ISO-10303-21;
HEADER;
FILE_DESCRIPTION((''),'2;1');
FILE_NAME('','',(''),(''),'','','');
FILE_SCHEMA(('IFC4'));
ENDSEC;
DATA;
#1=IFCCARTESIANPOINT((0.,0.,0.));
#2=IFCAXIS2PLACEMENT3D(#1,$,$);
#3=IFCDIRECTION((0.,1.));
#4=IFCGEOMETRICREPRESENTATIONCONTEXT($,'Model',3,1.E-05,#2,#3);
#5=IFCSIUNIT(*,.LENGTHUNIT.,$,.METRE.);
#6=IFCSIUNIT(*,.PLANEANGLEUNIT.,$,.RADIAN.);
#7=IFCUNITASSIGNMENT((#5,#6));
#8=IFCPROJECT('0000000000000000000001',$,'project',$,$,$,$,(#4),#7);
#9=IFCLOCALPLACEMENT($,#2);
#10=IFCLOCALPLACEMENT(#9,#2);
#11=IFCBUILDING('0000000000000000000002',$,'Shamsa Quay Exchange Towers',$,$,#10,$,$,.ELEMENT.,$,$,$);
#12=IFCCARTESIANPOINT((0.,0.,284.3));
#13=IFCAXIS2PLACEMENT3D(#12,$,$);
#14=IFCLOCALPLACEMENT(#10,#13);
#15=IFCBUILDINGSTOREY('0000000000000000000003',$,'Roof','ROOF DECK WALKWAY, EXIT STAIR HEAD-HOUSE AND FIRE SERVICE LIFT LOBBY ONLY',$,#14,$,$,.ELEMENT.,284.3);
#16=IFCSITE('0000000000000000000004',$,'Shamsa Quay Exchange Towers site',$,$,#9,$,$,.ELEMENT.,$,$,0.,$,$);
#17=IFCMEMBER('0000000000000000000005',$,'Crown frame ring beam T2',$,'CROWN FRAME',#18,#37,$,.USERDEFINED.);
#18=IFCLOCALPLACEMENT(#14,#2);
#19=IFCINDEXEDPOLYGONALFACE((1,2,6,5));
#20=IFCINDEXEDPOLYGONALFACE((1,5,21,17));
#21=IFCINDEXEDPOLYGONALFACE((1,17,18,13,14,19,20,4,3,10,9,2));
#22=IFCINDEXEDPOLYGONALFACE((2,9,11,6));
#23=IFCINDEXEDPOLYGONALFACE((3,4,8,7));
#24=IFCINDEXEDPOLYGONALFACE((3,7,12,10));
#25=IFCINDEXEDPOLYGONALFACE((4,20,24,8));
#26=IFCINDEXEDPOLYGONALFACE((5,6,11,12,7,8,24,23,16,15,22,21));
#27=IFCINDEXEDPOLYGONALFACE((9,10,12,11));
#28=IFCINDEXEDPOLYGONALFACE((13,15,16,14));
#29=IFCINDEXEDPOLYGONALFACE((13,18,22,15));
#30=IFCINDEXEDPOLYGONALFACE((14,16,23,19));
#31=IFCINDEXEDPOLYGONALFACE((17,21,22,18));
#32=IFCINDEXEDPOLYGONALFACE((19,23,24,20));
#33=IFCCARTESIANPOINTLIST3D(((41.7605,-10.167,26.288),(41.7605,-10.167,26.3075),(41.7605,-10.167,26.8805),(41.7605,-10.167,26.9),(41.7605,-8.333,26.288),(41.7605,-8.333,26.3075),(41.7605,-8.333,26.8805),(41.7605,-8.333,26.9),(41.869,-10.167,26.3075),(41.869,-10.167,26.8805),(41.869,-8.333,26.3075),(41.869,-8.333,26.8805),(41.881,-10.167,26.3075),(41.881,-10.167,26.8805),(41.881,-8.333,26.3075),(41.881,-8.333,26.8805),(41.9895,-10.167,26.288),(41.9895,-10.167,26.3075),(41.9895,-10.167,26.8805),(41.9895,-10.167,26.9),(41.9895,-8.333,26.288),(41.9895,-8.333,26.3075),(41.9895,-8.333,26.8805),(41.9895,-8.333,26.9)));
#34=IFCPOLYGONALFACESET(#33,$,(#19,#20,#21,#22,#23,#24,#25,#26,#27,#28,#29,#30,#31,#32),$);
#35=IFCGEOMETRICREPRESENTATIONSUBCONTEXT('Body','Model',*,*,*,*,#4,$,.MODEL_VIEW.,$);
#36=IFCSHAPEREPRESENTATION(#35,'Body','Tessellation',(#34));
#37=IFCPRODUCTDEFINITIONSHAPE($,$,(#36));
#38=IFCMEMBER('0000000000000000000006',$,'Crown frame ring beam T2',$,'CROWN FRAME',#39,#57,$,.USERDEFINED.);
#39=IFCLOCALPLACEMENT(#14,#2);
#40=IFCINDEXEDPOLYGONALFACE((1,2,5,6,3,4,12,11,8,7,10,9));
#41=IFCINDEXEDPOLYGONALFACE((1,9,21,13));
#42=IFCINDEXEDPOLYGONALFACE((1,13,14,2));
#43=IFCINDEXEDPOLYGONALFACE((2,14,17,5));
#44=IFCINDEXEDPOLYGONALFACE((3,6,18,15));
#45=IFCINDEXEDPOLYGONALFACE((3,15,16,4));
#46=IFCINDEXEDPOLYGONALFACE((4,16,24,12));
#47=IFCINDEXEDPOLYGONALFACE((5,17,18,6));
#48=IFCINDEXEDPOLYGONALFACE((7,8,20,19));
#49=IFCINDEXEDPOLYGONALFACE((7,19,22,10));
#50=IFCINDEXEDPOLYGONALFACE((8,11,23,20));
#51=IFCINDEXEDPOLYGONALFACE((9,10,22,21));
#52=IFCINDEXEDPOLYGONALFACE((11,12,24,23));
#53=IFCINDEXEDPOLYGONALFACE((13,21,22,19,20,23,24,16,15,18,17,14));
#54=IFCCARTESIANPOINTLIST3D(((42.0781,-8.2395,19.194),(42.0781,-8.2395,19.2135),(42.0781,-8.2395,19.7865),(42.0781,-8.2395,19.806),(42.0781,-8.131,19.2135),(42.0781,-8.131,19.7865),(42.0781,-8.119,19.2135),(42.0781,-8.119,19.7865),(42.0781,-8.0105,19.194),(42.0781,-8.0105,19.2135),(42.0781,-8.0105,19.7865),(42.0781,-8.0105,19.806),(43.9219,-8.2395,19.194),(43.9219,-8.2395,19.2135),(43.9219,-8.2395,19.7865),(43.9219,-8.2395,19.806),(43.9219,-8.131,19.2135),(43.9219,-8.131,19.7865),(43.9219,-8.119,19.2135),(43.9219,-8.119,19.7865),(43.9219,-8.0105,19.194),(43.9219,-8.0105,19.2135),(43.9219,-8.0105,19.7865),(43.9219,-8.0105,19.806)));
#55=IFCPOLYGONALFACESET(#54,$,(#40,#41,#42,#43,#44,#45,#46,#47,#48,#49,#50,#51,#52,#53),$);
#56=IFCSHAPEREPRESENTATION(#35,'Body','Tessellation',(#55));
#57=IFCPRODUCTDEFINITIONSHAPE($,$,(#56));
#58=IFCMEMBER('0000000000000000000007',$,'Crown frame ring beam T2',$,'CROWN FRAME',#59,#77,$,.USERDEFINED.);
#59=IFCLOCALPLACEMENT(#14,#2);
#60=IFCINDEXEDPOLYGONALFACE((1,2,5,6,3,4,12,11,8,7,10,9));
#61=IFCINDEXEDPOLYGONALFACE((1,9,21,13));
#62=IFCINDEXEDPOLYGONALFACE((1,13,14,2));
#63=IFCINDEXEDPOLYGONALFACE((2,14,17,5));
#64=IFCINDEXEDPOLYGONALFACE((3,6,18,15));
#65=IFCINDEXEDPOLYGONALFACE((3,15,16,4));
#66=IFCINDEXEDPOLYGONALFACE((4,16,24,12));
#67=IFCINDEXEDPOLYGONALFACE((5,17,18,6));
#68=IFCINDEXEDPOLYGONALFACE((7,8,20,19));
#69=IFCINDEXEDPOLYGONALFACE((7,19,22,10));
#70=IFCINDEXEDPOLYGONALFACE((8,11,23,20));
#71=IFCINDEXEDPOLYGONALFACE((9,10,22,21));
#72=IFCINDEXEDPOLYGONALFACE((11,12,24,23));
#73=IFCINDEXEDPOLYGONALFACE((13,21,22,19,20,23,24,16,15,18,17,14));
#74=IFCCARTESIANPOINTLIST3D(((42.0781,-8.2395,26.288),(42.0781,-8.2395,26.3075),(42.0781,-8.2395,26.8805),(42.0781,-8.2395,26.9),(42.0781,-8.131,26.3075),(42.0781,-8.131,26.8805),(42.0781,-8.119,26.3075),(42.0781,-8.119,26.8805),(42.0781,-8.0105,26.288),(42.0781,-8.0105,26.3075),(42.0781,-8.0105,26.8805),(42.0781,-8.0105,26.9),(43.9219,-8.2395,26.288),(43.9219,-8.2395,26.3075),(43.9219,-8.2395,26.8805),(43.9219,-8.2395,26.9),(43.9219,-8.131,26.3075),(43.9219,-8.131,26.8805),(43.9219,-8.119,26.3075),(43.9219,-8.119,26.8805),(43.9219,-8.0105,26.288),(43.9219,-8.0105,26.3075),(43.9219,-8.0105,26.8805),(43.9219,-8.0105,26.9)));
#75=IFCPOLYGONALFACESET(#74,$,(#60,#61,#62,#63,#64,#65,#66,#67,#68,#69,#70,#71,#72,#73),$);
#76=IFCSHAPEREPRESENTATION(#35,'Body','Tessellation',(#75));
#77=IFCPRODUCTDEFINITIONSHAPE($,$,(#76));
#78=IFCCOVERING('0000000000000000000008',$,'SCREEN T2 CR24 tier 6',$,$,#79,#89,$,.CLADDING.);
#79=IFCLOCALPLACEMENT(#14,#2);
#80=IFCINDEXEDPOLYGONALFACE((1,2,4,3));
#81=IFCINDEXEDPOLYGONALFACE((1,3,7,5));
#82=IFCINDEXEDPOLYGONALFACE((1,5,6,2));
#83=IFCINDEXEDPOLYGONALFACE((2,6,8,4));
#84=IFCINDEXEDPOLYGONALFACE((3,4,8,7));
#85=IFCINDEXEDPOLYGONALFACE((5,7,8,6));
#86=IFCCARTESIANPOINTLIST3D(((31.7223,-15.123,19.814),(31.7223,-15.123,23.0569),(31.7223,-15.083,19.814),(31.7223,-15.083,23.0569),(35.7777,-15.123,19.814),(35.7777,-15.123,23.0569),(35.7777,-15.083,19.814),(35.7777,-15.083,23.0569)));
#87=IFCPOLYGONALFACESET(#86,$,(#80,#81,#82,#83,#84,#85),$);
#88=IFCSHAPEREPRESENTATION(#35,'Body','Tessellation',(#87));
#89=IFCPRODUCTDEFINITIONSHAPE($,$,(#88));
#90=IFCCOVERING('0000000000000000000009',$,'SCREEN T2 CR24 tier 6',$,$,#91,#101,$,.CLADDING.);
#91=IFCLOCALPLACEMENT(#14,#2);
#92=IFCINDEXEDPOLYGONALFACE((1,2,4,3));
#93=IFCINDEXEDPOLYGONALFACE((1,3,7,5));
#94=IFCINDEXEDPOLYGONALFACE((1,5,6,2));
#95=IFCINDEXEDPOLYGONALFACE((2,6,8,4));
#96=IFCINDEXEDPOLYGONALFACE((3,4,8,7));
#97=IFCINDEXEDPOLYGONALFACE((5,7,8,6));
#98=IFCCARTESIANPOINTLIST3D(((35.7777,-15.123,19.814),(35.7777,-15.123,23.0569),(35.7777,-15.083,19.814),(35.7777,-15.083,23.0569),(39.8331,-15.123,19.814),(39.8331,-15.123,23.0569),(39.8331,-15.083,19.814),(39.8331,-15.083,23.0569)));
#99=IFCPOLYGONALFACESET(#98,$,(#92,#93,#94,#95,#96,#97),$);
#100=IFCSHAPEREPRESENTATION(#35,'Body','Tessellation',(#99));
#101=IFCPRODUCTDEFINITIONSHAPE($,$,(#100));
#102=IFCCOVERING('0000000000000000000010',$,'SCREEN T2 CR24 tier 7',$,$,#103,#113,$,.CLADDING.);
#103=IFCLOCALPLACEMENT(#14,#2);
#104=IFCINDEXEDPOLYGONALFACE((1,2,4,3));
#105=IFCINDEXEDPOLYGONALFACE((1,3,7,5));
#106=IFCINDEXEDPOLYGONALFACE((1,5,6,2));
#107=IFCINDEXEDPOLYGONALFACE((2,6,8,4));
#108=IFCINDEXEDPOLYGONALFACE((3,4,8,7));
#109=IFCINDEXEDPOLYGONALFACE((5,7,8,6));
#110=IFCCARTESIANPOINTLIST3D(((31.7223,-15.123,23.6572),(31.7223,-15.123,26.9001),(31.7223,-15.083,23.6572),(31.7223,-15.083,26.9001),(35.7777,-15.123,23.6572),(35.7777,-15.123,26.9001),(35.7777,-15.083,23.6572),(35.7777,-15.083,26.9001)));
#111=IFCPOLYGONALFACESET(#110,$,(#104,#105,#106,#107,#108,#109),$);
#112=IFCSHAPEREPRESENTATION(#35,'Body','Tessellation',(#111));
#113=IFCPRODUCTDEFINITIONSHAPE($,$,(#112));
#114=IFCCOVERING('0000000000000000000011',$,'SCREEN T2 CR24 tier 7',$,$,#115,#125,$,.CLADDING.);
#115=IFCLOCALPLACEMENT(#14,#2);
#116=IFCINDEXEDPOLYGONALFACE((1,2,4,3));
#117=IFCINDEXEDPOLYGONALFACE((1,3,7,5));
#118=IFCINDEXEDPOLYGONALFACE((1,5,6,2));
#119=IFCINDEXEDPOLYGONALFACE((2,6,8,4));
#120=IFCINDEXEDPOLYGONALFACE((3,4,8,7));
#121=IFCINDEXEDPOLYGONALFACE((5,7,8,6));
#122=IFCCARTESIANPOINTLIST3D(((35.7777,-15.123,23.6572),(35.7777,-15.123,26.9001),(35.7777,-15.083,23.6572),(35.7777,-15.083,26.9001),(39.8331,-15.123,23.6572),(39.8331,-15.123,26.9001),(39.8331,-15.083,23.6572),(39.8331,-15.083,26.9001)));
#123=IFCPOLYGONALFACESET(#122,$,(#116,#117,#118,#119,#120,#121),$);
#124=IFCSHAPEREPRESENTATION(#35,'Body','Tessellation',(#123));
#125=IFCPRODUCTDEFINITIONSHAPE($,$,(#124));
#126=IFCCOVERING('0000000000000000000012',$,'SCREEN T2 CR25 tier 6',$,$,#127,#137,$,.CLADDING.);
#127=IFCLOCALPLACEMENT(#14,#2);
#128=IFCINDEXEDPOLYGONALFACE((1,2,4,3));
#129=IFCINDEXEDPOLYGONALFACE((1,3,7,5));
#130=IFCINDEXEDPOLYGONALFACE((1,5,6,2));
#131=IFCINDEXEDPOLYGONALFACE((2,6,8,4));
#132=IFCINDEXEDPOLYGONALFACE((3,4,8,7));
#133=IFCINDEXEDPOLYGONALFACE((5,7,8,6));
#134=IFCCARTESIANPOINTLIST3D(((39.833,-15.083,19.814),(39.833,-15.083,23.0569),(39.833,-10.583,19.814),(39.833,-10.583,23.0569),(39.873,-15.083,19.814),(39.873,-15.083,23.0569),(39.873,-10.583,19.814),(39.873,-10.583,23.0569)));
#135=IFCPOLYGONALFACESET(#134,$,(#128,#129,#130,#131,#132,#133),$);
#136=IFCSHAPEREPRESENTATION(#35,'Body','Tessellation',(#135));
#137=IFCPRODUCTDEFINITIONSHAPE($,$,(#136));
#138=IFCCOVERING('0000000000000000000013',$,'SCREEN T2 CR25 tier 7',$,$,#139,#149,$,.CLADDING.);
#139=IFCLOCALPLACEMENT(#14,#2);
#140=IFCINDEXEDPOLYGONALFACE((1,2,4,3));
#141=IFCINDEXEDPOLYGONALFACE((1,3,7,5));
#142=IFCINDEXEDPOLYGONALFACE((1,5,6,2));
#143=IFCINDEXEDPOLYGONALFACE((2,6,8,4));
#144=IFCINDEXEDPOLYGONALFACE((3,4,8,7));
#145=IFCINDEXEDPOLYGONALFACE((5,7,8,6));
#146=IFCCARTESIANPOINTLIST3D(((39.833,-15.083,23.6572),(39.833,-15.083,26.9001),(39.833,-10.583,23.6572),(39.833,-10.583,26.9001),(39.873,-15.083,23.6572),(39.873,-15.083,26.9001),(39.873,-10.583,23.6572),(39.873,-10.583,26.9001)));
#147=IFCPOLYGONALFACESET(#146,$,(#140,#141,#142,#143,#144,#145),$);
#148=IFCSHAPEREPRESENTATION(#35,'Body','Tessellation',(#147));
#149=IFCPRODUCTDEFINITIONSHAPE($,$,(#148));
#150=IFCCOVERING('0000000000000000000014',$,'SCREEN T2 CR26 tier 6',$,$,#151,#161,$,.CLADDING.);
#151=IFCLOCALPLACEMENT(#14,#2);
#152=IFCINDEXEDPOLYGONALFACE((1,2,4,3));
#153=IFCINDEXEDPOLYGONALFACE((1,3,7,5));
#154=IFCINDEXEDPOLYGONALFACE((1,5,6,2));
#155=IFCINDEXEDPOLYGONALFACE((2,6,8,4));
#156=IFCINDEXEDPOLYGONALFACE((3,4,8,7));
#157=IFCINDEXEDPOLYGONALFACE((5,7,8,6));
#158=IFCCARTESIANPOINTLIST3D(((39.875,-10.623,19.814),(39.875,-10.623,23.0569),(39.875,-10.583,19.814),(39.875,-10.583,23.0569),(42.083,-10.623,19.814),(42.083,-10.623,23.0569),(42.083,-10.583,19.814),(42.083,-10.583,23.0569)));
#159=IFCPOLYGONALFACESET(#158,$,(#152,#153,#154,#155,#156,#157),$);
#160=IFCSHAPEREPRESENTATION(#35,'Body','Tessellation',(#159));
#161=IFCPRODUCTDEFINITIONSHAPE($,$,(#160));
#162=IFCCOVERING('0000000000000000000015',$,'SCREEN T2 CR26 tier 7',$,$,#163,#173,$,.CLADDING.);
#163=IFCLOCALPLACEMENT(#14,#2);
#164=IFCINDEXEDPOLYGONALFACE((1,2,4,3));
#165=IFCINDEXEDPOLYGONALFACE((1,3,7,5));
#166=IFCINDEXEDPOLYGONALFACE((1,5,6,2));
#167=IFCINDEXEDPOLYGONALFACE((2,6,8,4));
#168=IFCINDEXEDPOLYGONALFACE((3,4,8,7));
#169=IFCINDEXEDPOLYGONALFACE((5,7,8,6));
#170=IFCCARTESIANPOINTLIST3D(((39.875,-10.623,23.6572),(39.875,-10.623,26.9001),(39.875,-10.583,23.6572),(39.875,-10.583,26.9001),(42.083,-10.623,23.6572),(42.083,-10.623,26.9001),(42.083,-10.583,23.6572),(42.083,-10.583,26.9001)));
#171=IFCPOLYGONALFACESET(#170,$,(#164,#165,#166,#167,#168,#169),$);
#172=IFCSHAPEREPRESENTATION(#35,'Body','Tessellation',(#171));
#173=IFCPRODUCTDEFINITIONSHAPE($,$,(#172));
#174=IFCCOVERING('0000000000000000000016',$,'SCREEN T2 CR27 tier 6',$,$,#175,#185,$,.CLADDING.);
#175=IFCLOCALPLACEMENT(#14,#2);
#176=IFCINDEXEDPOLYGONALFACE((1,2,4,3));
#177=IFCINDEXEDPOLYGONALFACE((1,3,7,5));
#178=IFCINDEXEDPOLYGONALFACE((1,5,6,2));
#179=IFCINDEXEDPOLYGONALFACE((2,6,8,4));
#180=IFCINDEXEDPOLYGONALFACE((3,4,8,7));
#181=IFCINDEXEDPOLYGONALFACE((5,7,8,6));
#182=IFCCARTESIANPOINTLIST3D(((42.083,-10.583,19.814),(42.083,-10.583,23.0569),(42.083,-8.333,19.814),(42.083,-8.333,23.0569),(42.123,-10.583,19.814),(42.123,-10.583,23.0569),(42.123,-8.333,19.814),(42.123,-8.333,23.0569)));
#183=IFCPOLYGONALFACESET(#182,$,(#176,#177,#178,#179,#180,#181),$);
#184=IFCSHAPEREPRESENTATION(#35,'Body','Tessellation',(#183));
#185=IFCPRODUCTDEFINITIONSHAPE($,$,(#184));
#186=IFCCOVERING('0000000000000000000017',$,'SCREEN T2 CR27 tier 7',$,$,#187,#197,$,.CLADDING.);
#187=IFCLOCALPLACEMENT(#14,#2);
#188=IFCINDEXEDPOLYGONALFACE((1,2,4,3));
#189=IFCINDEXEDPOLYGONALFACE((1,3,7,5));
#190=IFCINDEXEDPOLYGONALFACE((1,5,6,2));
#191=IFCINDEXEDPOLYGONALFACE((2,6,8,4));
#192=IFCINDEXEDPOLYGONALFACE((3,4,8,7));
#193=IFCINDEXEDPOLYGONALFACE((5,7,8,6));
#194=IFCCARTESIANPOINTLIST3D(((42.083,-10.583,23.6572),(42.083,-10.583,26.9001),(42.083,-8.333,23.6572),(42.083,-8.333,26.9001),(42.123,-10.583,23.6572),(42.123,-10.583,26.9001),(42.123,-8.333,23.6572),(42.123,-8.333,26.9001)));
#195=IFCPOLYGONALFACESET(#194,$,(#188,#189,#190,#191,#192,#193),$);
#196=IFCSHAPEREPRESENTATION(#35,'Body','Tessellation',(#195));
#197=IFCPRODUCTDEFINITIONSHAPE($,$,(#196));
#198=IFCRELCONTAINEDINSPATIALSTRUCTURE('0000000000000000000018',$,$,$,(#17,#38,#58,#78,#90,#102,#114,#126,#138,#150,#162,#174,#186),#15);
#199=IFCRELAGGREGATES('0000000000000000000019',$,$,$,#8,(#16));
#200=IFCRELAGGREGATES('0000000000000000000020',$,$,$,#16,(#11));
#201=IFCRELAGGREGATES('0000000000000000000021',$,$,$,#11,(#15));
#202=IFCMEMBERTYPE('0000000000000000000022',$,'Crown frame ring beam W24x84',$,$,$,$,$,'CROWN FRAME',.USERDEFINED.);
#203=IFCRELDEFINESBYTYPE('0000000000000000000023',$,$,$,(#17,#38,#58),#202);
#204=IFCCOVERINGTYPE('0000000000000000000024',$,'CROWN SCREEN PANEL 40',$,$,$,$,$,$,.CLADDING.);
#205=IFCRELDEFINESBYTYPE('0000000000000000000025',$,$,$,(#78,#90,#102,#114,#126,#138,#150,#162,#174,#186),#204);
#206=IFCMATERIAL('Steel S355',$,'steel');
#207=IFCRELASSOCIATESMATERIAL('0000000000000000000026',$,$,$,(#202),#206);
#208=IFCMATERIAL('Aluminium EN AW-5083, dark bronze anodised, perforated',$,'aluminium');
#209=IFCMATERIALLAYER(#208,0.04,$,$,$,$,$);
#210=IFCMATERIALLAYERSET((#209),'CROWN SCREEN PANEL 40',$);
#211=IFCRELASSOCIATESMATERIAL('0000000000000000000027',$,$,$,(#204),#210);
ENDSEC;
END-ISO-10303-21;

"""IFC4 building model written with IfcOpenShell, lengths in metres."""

from ifc_helpers import new_model, si_unit, direction, frame, origin, origin_2d, place, context, subcontext, project, spatial, rectangle, i_section, extrude, material, layer, layer_set, material_profile, profile_set, type_object, element, save


model = new_model("IFC4")

# Units and contexts
model_context = context("Model", 3, precision=1e-05, world=origin(), true_north=direction((0.0, 1.0)))
body_context = subcontext(model_context, "Body", "Model", "MODEL_VIEW")
ifc_project = project(units=[si_unit("LENGTHUNIT", "METRE"), si_unit("PLANEANGLEUNIT", "RADIAN")], contexts=[model_context])

# Site, building, storey
site_placement = place(None, origin())
site = spatial("IfcSite", under=ifc_project, at=site_placement, Name="Shamsa Quay Exchange Towers site", CompositionType="ELEMENT", RefElevation=0.0)
building_placement = place(site_placement, origin())
building = spatial("IfcBuilding", under=site, at=building_placement, Name="Shamsa Quay Exchange Towers", CompositionType="ELEMENT")
storey_placement = place(building_placement, frame((0.0, 0.0, 284.3)))
storey = spatial("IfcBuildingStorey", under=building, at=storey_placement, Name="Roof", Description="ROOF DECK WALKWAY, EXIT STAIR HEAD-HOUSE AND FIRE SERVICE LIFT LOBBY ONLY", CompositionType="ELEMENT", Elevation=284.3)

# Members
ifc_material_1 = material(Name="Steel S355", Category="steel")
ifc_material_profile_1 = material_profile(ifc_material_1, i_section(OverallWidth=0.229, OverallDepth=0.6121, WebThickness=0.012, FlangeThickness=0.0195, at=origin_2d()), Name="W24x84")
ifc_profile_set_1 = profile_set([ifc_material_profile_1], Name="Steel S355")
member_type_1 = type_object("IfcMemberType", Name="Crown frame ring beam W24x84", ElementType="CROWN FRAME", PredefinedType="USERDEFINED", material=ifc_profile_set_1)
member_1_placement = place(storey_placement, frame((41.875, -10.167, 26.594), z_axis=(0.0, 1.0, 0.0), x_axis=(-1.0, 0.0, 0.0)))
element("IfcMember", 1, at=member_1_placement, inside=storey, type_object=member_type_1, Name="Crown frame ring beam T2", ObjectType="CROWN FRAME", PredefinedType="USERDEFINED", context=body_context, shape_type="SweptSolid", body=[
    extrude(i_section(OverallWidth=0.229, OverallDepth=0.6121, WebThickness=0.012, FlangeThickness=0.0195, at=origin_2d()), origin(), (0.0, 0.0, 1.0), 1.834),
])
for number, where, z_axis, x_axis, name in (
    (2, (42.0781, -8.125, 19.5), (1.0, 0.0, 0.0), (0.0, 1.0, 0.0), "Crown frame ring beam T2"),
    (3, (42.0781, -8.125, 26.594), (1.0, 0.0, 0.0), (0.0, 1.0, 0.0), "Crown frame ring beam T2"),
):
    element("IfcMember", number, at=place(storey_placement, frame(where, z_axis=z_axis, x_axis=x_axis)), inside=storey, type_object=member_type_1, Name=name, ObjectType="CROWN FRAME", PredefinedType="USERDEFINED", context=body_context, shape_type="SweptSolid", body=[
        extrude(i_section(OverallWidth=0.229, OverallDepth=0.6121, WebThickness=0.012, FlangeThickness=0.0195, at=origin_2d()), origin(), (0.0, 0.0, 1.0), 1.8438),
    ])

# Coverings
ifc_material_2 = material(Name="Aluminium EN AW-5083, dark bronze anodised, perforated", Category="aluminium")
ifc_layer = layer(ifc_material_2, 0.04)
ifc_layer_set = layer_set([ifc_layer], Name="CROWN SCREEN PANEL 40")
covering_type = type_object("IfcCoveringType", Name="CROWN SCREEN PANEL 40", PredefinedType="CLADDING", material=ifc_layer_set)
for number, where, name in (
    (4, (33.75, -15.103, 19.814), "SCREEN T2 CR24 tier 6"),
    (5, (37.8054, -15.103, 19.814), "SCREEN T2 CR24 tier 6"),
    (6, (33.75, -15.103, 23.6572), "SCREEN T2 CR24 tier 7"),
    (7, (37.8054, -15.103, 23.6572), "SCREEN T2 CR24 tier 7"),
):
    element("IfcCovering", number, at=place(storey_placement, frame(where)), inside=storey, type_object=covering_type, Name=name, PredefinedType="CLADDING", context=body_context, shape_type="SweptSolid", body=[
        extrude(rectangle(XDim=4.0554, YDim=0.04, at=origin_2d()), origin(), (0.0, 0.0, 1.0), 3.2429),
    ])
for number, where, z_axis, x_axis, name in (
    (8, (39.853, -12.833, 19.814), (0.0, 0.0, 1.0), (0.0, 1.0, 0.0), "SCREEN T2 CR25 tier 6"),
    (9, (39.853, -12.833, 23.6572), (0.0, 0.0, 1.0), (0.0, 1.0, 0.0), "SCREEN T2 CR25 tier 7"),
):
    element("IfcCovering", number, at=place(storey_placement, frame(where, z_axis=z_axis, x_axis=x_axis)), inside=storey, type_object=covering_type, Name=name, PredefinedType="CLADDING", context=body_context, shape_type="SweptSolid", body=[
        extrude(rectangle(XDim=4.5, YDim=0.04, at=origin_2d()), origin(), (0.0, 0.0, 1.0), 3.2429),
    ])
for number, where, name in (
    (10, (40.979, -10.603, 19.814), "SCREEN T2 CR26 tier 6"),
    (11, (40.979, -10.603, 23.6572), "SCREEN T2 CR26 tier 7"),
):
    element("IfcCovering", number, at=place(storey_placement, frame(where)), inside=storey, type_object=covering_type, Name=name, PredefinedType="CLADDING", context=body_context, shape_type="SweptSolid", body=[
        extrude(rectangle(XDim=2.208, YDim=0.04, at=origin_2d()), origin(), (0.0, 0.0, 1.0), 3.2429),
    ])
for number, where, z_axis, x_axis, name in (
    (12, (42.103, -9.458, 19.814), (0.0, 0.0, 1.0), (0.0, 1.0, 0.0), "SCREEN T2 CR27 tier 6"),
    (13, (42.103, -9.458, 23.6572), (0.0, 0.0, 1.0), (0.0, 1.0, 0.0), "SCREEN T2 CR27 tier 7"),
):
    element("IfcCovering", number, at=place(storey_placement, frame(where, z_axis=z_axis, x_axis=x_axis)), inside=storey, type_object=covering_type, Name=name, PredefinedType="CLADDING", context=body_context, shape_type="SweptSolid", body=[
        extrude(rectangle(XDim=2.25, YDim=0.04, at=origin_2d()), origin(), (0.0, 0.0, 1.0), 3.2429),
    ])

save(model, "model.ifc")
